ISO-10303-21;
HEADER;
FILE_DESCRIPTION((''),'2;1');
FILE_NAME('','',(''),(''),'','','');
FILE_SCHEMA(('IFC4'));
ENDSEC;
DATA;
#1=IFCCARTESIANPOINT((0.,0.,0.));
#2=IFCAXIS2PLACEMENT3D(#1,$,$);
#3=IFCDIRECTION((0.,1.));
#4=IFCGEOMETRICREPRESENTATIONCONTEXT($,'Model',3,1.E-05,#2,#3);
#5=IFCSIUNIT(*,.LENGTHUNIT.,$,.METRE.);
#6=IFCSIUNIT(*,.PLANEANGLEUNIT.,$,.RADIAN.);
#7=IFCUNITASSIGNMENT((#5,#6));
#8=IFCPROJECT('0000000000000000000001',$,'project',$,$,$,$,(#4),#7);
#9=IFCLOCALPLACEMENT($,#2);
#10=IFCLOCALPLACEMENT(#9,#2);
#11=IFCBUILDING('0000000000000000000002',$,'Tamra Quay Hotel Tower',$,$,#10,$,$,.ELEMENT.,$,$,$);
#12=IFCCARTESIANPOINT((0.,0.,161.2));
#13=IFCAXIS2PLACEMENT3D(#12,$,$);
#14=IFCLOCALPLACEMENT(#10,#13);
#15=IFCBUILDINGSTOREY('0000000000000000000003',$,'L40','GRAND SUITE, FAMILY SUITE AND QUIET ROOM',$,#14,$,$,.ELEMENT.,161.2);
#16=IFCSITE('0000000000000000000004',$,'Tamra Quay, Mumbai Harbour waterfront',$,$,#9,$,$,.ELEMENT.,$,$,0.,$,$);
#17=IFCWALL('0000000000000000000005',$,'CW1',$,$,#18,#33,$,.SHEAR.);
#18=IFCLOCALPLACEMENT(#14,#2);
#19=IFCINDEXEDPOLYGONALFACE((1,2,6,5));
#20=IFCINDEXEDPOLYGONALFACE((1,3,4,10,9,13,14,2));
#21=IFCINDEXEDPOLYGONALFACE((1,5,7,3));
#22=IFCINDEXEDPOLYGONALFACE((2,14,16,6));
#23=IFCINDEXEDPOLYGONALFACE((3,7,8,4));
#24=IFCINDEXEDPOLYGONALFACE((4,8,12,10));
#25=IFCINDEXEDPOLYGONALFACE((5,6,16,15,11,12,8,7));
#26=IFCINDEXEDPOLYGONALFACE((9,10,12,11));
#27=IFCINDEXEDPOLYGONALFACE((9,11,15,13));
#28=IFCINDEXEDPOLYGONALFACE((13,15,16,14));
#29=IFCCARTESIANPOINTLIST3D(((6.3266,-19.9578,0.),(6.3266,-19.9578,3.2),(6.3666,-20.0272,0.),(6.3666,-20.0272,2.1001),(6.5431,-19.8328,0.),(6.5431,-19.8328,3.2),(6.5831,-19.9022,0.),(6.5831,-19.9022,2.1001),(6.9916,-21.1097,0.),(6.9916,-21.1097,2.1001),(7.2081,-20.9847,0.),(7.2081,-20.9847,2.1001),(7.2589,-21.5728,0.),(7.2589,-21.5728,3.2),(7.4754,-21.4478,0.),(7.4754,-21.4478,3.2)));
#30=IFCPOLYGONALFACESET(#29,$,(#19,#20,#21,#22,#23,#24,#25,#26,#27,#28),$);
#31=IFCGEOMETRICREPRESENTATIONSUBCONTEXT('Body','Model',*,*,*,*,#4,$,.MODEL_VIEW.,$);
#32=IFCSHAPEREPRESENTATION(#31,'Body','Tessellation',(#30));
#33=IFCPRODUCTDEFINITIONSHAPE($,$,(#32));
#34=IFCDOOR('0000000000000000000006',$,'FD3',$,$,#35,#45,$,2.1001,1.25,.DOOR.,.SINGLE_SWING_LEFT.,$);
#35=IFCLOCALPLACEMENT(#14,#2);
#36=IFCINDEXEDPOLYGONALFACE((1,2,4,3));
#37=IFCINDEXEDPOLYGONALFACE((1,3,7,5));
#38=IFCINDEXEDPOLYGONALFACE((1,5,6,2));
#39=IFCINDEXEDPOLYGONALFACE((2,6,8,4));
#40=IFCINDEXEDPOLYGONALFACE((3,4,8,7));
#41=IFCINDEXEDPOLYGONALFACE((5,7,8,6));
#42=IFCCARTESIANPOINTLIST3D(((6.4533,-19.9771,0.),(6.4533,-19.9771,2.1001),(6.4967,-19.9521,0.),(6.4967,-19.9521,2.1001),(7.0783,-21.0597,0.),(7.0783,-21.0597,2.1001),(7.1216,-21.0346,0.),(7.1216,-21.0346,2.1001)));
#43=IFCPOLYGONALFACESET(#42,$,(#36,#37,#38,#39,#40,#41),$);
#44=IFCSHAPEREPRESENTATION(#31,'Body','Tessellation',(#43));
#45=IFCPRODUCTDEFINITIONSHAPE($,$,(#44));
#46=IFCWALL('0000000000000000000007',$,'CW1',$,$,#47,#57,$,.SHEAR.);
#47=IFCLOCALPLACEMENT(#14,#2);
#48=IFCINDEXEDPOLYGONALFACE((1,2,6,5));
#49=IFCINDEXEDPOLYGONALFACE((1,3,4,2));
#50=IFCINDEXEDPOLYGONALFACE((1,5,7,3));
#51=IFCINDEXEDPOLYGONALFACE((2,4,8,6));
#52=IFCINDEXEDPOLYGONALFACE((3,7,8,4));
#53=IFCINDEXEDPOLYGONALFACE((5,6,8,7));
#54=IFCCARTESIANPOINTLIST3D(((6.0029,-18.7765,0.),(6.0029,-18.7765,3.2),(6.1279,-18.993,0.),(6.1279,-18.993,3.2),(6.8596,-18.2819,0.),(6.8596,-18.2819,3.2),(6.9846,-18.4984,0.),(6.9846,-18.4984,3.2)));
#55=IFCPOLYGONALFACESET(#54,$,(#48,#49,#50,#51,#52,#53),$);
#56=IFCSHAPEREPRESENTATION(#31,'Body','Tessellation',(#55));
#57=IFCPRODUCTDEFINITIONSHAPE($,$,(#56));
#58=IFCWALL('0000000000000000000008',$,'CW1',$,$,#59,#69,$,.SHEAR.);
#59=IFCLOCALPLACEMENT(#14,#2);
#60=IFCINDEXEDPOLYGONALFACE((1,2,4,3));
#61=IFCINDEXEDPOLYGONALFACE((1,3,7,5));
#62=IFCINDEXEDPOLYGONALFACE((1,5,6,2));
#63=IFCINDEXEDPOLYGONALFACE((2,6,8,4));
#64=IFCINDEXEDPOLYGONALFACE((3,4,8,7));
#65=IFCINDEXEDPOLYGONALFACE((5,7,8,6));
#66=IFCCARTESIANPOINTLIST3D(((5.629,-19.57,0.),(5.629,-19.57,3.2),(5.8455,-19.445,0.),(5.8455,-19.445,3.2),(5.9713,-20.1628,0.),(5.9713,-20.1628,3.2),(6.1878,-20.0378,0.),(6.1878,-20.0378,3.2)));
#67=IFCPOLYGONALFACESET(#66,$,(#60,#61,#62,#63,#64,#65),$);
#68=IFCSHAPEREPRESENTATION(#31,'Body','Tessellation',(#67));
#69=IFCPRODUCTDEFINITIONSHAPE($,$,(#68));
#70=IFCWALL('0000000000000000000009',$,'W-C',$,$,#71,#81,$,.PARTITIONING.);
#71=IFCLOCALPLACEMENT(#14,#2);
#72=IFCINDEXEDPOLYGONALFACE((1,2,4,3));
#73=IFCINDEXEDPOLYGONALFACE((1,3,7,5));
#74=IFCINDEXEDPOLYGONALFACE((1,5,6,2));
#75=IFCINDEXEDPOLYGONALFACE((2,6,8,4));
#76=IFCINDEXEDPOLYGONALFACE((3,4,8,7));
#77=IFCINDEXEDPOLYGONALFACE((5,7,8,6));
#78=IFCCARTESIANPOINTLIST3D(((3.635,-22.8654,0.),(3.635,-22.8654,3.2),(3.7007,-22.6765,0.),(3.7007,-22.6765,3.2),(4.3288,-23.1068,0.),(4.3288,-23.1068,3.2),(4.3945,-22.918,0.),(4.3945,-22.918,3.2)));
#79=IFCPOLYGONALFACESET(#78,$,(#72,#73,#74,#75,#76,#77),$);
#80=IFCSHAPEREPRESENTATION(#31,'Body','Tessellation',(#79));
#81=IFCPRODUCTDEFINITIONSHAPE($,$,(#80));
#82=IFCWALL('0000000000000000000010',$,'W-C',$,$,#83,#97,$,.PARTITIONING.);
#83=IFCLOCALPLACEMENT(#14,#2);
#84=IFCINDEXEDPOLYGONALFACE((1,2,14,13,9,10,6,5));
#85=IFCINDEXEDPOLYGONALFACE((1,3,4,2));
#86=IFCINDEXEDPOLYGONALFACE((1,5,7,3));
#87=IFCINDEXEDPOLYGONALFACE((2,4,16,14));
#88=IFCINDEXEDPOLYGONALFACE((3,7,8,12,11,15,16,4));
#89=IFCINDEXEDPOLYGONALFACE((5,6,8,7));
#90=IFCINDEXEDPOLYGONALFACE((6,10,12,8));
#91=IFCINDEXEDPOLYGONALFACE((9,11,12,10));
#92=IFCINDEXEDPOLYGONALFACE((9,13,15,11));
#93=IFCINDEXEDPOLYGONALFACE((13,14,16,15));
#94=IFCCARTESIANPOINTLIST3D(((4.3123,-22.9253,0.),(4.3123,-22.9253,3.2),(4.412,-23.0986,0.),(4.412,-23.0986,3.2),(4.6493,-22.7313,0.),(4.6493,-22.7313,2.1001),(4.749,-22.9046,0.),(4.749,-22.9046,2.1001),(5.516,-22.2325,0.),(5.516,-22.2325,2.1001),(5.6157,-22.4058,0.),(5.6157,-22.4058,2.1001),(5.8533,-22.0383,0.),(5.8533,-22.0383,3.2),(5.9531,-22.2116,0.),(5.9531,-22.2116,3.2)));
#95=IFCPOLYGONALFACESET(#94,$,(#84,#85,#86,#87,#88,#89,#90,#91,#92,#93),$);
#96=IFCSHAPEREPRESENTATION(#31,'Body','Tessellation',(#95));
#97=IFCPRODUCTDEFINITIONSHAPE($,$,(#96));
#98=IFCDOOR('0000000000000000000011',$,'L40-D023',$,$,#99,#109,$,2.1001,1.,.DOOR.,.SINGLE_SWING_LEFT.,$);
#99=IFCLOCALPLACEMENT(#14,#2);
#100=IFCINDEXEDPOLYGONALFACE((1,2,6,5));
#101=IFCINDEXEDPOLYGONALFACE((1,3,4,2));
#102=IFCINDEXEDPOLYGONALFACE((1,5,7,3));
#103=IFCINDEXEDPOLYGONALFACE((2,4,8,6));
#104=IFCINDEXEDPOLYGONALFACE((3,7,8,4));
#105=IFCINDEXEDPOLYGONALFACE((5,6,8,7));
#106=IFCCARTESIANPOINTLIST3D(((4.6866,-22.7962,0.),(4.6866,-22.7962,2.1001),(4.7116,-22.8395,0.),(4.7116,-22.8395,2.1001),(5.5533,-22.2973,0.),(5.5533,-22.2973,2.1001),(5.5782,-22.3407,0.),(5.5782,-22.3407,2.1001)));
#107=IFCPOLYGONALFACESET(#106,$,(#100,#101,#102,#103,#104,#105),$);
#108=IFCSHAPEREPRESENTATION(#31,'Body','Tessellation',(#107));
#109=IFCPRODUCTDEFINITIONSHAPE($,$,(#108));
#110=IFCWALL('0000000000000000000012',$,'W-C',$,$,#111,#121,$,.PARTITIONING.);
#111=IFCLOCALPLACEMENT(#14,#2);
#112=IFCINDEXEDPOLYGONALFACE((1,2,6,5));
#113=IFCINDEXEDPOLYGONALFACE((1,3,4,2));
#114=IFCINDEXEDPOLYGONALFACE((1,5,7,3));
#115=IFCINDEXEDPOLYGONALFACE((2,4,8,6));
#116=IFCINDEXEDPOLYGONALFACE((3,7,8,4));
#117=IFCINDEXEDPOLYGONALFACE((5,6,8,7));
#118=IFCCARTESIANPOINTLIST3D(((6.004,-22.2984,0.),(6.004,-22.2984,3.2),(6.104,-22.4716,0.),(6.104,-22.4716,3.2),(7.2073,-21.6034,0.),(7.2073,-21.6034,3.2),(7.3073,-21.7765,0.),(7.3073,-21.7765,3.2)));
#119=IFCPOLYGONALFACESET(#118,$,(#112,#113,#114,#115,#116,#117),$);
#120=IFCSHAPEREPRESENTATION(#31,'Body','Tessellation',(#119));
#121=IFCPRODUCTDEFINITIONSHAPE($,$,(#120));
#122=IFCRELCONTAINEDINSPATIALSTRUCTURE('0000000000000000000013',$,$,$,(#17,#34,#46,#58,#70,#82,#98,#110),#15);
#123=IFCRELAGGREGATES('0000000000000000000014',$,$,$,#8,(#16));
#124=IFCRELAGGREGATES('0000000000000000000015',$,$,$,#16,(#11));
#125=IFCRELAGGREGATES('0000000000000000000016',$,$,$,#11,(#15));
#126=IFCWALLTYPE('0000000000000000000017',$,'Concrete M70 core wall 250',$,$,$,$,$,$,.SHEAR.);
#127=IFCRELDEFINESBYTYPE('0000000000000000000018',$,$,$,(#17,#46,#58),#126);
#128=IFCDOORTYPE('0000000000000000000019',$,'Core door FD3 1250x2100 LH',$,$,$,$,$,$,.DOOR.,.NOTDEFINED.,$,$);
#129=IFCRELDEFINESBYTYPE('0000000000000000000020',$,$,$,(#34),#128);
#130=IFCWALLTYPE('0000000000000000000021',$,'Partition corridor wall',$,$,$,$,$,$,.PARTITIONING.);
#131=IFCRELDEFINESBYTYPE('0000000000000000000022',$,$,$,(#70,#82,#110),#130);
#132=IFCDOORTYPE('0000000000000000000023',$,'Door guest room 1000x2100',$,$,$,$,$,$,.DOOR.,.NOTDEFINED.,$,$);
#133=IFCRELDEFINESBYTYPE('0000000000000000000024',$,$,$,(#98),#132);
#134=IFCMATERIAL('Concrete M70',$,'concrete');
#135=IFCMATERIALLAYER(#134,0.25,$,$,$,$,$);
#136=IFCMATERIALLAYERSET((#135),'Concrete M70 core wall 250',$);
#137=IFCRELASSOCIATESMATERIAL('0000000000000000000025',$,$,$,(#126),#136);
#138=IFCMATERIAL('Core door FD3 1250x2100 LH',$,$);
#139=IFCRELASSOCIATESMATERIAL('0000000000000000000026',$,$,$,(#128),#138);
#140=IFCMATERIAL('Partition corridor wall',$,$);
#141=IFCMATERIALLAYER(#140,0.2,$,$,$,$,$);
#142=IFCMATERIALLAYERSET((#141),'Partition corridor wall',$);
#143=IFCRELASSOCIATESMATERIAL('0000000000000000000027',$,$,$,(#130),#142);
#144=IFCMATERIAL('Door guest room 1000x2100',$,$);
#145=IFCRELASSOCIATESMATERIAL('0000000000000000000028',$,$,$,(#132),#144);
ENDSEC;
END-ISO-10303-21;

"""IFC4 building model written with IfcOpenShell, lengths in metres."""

from ifc_helpers import new_model, si_unit, direction, frame, frame_2d, origin, place, context, subcontext, project, spatial, rectangle, extrude, material, layer, layer_set, type_object, element, fill, save


model = new_model("IFC4")

# Units and contexts
model_context = context("Model", 3, precision=1e-05, world=origin(), true_north=direction((0.0, 1.0)))
body_context = subcontext(model_context, "Body", "Model", "MODEL_VIEW")
ifc_project = project(units=[si_unit("LENGTHUNIT", "METRE"), si_unit("PLANEANGLEUNIT", "RADIAN")], contexts=[model_context])

# Site, building, storey
site_placement = place(None, origin())
site = spatial("IfcSite", under=ifc_project, at=site_placement, Name="Tamra Quay, Mumbai Harbour waterfront", CompositionType="ELEMENT", RefElevation=0.0)
building_placement = place(site_placement, origin())
building = spatial("IfcBuilding", under=site, at=building_placement, Name="Tamra Quay Hotel Tower", CompositionType="ELEMENT")
storey_placement = place(building_placement, frame((0.0, 0.0, 161.2)))
storey = spatial("IfcBuildingStorey", under=building, at=storey_placement, Name="L40", Description="GRAND SUITE, FAMILY SUITE AND QUIET ROOM", CompositionType="ELEMENT", Elevation=161.2)

# Shared definitions
ifc_material_1 = material(Name="Concrete M70", Category="concrete")

# Shared definitions
ifc_layer_1 = layer(ifc_material_1, 0.25)
ifc_layer_set_1 = layer_set([ifc_layer_1], Name="Concrete M70 core wall 250")
wall_type_1 = type_object("IfcWallType", Name="Concrete M70 core wall 250", PredefinedType="SHEAR", material=ifc_layer_set_1)

# Wall, opening, door
wall_1_placement = place(storey_placement, frame((7.3672, -21.5103, 0.0), z_axis=(0.0, 0.0, 1.0), x_axis=(-0.499983, 0.866035, 0.0)))
wall_1 = element("IfcWall", 1, at=wall_1_placement, inside=storey, type_object=wall_type_1, Name="CW1", PredefinedType="SHEAR", context=body_context, shape_type="SweptSolid", body=[
    extrude(rectangle(XDim=1.8647, YDim=0.25, at=frame_2d((0.9324, 0.0))), origin(), (0.0, 0.0, 1.0), 3.2),
])
opening_1_placement = place(wall_1_placement, frame((0.5347, 0.0, 0.0)))
opening_1 = element("IfcOpeningElement", 2, at=opening_1_placement, cuts=wall_1, PredefinedType="OPENING", context=body_context, shape_type="SweptSolid", body=[
    extrude(rectangle(XDim=1.25, YDim=2.1001, at=frame_2d((0.625, 1.05))), frame((0.0, 0.135, 0.0), z_axis=(0.0, -1.0, 0.0), x_axis=(1.0, 0.0, 0.0)), (0.0, 0.0, 1.0), 0.27),
])
ifc_material_2 = material(Name="Core door FD3 1250x2100 LH")
door_type_1 = type_object("IfcDoorType", Name="Core door FD3 1250x2100 LH", OperationType="NOTDEFINED", PredefinedType="DOOR", material=ifc_material_2)
door_1_placement = place(opening_1_placement, origin())
door_1 = element("IfcDoor", 3, at=door_1_placement, inside=storey, type_object=door_type_1, Name="FD3", OperationType="SINGLE_SWING_LEFT", OverallHeight=2.1001, OverallWidth=1.25, PredefinedType="DOOR", context=body_context, shape_type="SweptSolid", body=[
    extrude(rectangle(XDim=1.25, YDim=2.1001, at=frame_2d((0.625, 1.05))), frame((0.0, 0.0249, 0.0), z_axis=(0.0, -1.0, 0.0), x_axis=(1.0, 0.0, 0.0)), (0.0, 0.0, 1.0), 0.05),
])
fill(opening_1, door_1)

# Walls
wall_2_placement = place(storey_placement, frame((6.0654, -18.8848, 0.0), z_axis=(0.0, 0.0, 1.0), x_axis=(0.866017, 0.500014, 0.0)))
element("IfcWall", 4, at=wall_2_placement, inside=storey, type_object=wall_type_1, Name="CW1", PredefinedType="SHEAR", context=body_context, shape_type="SweptSolid", body=[
    extrude(rectangle(XDim=0.9893, YDim=0.25, at=frame_2d((0.4946, 0.0))), origin(), (0.0, 0.0, 1.0), 3.2),
])
wall_3_placement = place(storey_placement, frame((6.0796, -20.1003, 0.0), z_axis=(0.0, 0.0, 1.0), x_axis=(-0.500052, 0.865996, 0.0)))
element("IfcWall", 5, at=wall_3_placement, inside=storey, type_object=wall_type_1, Name="CW1", PredefinedType="SHEAR", context=body_context, shape_type="SweptSolid", body=[
    extrude(rectangle(XDim=0.6846, YDim=0.25, at=frame_2d((0.3423, 0.0))), origin(), (0.0, 0.0, 1.0), 3.2),
])
ifc_material_3 = material(Name="Partition corridor wall")
ifc_layer_2 = layer(ifc_material_3, 0.2)
ifc_layer_set_2 = layer_set([ifc_layer_2], Name="Partition corridor wall")
wall_type_2 = type_object("IfcWallType", Name="Partition corridor wall", PredefinedType="PARTITIONING", material=ifc_layer_set_2)
wall_4_placement = place(storey_placement, frame((3.668, -22.771, 0.0), z_axis=(0.0, 0.0, 1.0), x_axis=(0.944447, -0.328662, 0.0)))
element("IfcWall", 6, at=wall_4_placement, inside=storey, type_object=wall_type_2, Name="W-C", PredefinedType="PARTITIONING", context=body_context, shape_type="SweptSolid", body=[
    extrude(rectangle(XDim=0.7346, YDim=0.2, at=frame_2d((0.3672, 0.0))), origin(), (0.0, 0.0, 1.0), 3.2),
])

# Wall, opening, door
wall_5_placement = place(storey_placement, frame((4.3621, -23.012, 0.0), z_axis=(0.0, 0.0, 1.0), x_axis=(0.866693, 0.498843, 0.0)))
wall_5 = element("IfcWall", 7, at=wall_5_placement, inside=storey, type_object=wall_type_2, Name="W-C", PredefinedType="PARTITIONING", context=body_context, shape_type="SweptSolid", body=[
    extrude(rectangle(XDim=1.7781, YDim=0.2, at=frame_2d((0.8892, 0.0))), origin(), (0.0, 0.0, 1.0), 3.2),
])
opening_2_placement = place(wall_5_placement, frame((0.3889, 0.0, 0.0)))
opening_2 = element("IfcOpeningElement", 8, at=opening_2_placement, cuts=wall_5, PredefinedType="OPENING", context=body_context, shape_type="SweptSolid", body=[
    extrude(rectangle(XDim=1.0, YDim=2.1001, at=frame_2d((0.5, 1.05))), frame((0.0, 0.1099, 0.0), z_axis=(0.0, -1.0, 0.0), x_axis=(1.0, 0.0, 0.0)), (0.0, 0.0, 1.0), 0.22),
])
ifc_material_4 = material(Name="Door guest room 1000x2100")
door_type_2 = type_object("IfcDoorType", Name="Door guest room 1000x2100", OperationType="NOTDEFINED", PredefinedType="DOOR", material=ifc_material_4)
door_2_placement = place(opening_2_placement, frame((1.0, 0.0, 0.0), z_axis=(0.0, 0.0, 1.0), x_axis=(-1.0, 0.0, 0.0)))
door_2 = element("IfcDoor", 9, at=door_2_placement, inside=storey, type_object=door_type_2, Name="L40-D023", OperationType="SINGLE_SWING_LEFT", OverallHeight=2.1001, OverallWidth=1.0, PredefinedType="DOOR", context=body_context, shape_type="SweptSolid", body=[
    extrude(rectangle(XDim=1.0, YDim=2.1001, at=frame_2d((0.5, 1.05))), frame((0.0, 0.0249, 0.0), z_axis=(0.0, -1.0, 0.0), x_axis=(1.0, 0.0, 0.0)), (0.0, 0.0, 1.0), 0.05),
])
fill(opening_2, door_2)

# Wall
wall_6_placement = place(storey_placement, frame((6.054, -22.385, 0.0), z_axis=(0.0, 0.0, 1.0), x_axis=(0.865931, 0.500163, 0.0)))
element("IfcWall", 10, at=wall_6_placement, inside=storey, type_object=wall_type_2, Name="W-C", PredefinedType="PARTITIONING", context=body_context, shape_type="SweptSolid", body=[
    extrude(rectangle(XDim=1.3896, YDim=0.2, at=frame_2d((0.6948, 0.0))), origin(), (0.0, 0.0, 1.0), 3.2),
])

save(model, "model.ifc")
